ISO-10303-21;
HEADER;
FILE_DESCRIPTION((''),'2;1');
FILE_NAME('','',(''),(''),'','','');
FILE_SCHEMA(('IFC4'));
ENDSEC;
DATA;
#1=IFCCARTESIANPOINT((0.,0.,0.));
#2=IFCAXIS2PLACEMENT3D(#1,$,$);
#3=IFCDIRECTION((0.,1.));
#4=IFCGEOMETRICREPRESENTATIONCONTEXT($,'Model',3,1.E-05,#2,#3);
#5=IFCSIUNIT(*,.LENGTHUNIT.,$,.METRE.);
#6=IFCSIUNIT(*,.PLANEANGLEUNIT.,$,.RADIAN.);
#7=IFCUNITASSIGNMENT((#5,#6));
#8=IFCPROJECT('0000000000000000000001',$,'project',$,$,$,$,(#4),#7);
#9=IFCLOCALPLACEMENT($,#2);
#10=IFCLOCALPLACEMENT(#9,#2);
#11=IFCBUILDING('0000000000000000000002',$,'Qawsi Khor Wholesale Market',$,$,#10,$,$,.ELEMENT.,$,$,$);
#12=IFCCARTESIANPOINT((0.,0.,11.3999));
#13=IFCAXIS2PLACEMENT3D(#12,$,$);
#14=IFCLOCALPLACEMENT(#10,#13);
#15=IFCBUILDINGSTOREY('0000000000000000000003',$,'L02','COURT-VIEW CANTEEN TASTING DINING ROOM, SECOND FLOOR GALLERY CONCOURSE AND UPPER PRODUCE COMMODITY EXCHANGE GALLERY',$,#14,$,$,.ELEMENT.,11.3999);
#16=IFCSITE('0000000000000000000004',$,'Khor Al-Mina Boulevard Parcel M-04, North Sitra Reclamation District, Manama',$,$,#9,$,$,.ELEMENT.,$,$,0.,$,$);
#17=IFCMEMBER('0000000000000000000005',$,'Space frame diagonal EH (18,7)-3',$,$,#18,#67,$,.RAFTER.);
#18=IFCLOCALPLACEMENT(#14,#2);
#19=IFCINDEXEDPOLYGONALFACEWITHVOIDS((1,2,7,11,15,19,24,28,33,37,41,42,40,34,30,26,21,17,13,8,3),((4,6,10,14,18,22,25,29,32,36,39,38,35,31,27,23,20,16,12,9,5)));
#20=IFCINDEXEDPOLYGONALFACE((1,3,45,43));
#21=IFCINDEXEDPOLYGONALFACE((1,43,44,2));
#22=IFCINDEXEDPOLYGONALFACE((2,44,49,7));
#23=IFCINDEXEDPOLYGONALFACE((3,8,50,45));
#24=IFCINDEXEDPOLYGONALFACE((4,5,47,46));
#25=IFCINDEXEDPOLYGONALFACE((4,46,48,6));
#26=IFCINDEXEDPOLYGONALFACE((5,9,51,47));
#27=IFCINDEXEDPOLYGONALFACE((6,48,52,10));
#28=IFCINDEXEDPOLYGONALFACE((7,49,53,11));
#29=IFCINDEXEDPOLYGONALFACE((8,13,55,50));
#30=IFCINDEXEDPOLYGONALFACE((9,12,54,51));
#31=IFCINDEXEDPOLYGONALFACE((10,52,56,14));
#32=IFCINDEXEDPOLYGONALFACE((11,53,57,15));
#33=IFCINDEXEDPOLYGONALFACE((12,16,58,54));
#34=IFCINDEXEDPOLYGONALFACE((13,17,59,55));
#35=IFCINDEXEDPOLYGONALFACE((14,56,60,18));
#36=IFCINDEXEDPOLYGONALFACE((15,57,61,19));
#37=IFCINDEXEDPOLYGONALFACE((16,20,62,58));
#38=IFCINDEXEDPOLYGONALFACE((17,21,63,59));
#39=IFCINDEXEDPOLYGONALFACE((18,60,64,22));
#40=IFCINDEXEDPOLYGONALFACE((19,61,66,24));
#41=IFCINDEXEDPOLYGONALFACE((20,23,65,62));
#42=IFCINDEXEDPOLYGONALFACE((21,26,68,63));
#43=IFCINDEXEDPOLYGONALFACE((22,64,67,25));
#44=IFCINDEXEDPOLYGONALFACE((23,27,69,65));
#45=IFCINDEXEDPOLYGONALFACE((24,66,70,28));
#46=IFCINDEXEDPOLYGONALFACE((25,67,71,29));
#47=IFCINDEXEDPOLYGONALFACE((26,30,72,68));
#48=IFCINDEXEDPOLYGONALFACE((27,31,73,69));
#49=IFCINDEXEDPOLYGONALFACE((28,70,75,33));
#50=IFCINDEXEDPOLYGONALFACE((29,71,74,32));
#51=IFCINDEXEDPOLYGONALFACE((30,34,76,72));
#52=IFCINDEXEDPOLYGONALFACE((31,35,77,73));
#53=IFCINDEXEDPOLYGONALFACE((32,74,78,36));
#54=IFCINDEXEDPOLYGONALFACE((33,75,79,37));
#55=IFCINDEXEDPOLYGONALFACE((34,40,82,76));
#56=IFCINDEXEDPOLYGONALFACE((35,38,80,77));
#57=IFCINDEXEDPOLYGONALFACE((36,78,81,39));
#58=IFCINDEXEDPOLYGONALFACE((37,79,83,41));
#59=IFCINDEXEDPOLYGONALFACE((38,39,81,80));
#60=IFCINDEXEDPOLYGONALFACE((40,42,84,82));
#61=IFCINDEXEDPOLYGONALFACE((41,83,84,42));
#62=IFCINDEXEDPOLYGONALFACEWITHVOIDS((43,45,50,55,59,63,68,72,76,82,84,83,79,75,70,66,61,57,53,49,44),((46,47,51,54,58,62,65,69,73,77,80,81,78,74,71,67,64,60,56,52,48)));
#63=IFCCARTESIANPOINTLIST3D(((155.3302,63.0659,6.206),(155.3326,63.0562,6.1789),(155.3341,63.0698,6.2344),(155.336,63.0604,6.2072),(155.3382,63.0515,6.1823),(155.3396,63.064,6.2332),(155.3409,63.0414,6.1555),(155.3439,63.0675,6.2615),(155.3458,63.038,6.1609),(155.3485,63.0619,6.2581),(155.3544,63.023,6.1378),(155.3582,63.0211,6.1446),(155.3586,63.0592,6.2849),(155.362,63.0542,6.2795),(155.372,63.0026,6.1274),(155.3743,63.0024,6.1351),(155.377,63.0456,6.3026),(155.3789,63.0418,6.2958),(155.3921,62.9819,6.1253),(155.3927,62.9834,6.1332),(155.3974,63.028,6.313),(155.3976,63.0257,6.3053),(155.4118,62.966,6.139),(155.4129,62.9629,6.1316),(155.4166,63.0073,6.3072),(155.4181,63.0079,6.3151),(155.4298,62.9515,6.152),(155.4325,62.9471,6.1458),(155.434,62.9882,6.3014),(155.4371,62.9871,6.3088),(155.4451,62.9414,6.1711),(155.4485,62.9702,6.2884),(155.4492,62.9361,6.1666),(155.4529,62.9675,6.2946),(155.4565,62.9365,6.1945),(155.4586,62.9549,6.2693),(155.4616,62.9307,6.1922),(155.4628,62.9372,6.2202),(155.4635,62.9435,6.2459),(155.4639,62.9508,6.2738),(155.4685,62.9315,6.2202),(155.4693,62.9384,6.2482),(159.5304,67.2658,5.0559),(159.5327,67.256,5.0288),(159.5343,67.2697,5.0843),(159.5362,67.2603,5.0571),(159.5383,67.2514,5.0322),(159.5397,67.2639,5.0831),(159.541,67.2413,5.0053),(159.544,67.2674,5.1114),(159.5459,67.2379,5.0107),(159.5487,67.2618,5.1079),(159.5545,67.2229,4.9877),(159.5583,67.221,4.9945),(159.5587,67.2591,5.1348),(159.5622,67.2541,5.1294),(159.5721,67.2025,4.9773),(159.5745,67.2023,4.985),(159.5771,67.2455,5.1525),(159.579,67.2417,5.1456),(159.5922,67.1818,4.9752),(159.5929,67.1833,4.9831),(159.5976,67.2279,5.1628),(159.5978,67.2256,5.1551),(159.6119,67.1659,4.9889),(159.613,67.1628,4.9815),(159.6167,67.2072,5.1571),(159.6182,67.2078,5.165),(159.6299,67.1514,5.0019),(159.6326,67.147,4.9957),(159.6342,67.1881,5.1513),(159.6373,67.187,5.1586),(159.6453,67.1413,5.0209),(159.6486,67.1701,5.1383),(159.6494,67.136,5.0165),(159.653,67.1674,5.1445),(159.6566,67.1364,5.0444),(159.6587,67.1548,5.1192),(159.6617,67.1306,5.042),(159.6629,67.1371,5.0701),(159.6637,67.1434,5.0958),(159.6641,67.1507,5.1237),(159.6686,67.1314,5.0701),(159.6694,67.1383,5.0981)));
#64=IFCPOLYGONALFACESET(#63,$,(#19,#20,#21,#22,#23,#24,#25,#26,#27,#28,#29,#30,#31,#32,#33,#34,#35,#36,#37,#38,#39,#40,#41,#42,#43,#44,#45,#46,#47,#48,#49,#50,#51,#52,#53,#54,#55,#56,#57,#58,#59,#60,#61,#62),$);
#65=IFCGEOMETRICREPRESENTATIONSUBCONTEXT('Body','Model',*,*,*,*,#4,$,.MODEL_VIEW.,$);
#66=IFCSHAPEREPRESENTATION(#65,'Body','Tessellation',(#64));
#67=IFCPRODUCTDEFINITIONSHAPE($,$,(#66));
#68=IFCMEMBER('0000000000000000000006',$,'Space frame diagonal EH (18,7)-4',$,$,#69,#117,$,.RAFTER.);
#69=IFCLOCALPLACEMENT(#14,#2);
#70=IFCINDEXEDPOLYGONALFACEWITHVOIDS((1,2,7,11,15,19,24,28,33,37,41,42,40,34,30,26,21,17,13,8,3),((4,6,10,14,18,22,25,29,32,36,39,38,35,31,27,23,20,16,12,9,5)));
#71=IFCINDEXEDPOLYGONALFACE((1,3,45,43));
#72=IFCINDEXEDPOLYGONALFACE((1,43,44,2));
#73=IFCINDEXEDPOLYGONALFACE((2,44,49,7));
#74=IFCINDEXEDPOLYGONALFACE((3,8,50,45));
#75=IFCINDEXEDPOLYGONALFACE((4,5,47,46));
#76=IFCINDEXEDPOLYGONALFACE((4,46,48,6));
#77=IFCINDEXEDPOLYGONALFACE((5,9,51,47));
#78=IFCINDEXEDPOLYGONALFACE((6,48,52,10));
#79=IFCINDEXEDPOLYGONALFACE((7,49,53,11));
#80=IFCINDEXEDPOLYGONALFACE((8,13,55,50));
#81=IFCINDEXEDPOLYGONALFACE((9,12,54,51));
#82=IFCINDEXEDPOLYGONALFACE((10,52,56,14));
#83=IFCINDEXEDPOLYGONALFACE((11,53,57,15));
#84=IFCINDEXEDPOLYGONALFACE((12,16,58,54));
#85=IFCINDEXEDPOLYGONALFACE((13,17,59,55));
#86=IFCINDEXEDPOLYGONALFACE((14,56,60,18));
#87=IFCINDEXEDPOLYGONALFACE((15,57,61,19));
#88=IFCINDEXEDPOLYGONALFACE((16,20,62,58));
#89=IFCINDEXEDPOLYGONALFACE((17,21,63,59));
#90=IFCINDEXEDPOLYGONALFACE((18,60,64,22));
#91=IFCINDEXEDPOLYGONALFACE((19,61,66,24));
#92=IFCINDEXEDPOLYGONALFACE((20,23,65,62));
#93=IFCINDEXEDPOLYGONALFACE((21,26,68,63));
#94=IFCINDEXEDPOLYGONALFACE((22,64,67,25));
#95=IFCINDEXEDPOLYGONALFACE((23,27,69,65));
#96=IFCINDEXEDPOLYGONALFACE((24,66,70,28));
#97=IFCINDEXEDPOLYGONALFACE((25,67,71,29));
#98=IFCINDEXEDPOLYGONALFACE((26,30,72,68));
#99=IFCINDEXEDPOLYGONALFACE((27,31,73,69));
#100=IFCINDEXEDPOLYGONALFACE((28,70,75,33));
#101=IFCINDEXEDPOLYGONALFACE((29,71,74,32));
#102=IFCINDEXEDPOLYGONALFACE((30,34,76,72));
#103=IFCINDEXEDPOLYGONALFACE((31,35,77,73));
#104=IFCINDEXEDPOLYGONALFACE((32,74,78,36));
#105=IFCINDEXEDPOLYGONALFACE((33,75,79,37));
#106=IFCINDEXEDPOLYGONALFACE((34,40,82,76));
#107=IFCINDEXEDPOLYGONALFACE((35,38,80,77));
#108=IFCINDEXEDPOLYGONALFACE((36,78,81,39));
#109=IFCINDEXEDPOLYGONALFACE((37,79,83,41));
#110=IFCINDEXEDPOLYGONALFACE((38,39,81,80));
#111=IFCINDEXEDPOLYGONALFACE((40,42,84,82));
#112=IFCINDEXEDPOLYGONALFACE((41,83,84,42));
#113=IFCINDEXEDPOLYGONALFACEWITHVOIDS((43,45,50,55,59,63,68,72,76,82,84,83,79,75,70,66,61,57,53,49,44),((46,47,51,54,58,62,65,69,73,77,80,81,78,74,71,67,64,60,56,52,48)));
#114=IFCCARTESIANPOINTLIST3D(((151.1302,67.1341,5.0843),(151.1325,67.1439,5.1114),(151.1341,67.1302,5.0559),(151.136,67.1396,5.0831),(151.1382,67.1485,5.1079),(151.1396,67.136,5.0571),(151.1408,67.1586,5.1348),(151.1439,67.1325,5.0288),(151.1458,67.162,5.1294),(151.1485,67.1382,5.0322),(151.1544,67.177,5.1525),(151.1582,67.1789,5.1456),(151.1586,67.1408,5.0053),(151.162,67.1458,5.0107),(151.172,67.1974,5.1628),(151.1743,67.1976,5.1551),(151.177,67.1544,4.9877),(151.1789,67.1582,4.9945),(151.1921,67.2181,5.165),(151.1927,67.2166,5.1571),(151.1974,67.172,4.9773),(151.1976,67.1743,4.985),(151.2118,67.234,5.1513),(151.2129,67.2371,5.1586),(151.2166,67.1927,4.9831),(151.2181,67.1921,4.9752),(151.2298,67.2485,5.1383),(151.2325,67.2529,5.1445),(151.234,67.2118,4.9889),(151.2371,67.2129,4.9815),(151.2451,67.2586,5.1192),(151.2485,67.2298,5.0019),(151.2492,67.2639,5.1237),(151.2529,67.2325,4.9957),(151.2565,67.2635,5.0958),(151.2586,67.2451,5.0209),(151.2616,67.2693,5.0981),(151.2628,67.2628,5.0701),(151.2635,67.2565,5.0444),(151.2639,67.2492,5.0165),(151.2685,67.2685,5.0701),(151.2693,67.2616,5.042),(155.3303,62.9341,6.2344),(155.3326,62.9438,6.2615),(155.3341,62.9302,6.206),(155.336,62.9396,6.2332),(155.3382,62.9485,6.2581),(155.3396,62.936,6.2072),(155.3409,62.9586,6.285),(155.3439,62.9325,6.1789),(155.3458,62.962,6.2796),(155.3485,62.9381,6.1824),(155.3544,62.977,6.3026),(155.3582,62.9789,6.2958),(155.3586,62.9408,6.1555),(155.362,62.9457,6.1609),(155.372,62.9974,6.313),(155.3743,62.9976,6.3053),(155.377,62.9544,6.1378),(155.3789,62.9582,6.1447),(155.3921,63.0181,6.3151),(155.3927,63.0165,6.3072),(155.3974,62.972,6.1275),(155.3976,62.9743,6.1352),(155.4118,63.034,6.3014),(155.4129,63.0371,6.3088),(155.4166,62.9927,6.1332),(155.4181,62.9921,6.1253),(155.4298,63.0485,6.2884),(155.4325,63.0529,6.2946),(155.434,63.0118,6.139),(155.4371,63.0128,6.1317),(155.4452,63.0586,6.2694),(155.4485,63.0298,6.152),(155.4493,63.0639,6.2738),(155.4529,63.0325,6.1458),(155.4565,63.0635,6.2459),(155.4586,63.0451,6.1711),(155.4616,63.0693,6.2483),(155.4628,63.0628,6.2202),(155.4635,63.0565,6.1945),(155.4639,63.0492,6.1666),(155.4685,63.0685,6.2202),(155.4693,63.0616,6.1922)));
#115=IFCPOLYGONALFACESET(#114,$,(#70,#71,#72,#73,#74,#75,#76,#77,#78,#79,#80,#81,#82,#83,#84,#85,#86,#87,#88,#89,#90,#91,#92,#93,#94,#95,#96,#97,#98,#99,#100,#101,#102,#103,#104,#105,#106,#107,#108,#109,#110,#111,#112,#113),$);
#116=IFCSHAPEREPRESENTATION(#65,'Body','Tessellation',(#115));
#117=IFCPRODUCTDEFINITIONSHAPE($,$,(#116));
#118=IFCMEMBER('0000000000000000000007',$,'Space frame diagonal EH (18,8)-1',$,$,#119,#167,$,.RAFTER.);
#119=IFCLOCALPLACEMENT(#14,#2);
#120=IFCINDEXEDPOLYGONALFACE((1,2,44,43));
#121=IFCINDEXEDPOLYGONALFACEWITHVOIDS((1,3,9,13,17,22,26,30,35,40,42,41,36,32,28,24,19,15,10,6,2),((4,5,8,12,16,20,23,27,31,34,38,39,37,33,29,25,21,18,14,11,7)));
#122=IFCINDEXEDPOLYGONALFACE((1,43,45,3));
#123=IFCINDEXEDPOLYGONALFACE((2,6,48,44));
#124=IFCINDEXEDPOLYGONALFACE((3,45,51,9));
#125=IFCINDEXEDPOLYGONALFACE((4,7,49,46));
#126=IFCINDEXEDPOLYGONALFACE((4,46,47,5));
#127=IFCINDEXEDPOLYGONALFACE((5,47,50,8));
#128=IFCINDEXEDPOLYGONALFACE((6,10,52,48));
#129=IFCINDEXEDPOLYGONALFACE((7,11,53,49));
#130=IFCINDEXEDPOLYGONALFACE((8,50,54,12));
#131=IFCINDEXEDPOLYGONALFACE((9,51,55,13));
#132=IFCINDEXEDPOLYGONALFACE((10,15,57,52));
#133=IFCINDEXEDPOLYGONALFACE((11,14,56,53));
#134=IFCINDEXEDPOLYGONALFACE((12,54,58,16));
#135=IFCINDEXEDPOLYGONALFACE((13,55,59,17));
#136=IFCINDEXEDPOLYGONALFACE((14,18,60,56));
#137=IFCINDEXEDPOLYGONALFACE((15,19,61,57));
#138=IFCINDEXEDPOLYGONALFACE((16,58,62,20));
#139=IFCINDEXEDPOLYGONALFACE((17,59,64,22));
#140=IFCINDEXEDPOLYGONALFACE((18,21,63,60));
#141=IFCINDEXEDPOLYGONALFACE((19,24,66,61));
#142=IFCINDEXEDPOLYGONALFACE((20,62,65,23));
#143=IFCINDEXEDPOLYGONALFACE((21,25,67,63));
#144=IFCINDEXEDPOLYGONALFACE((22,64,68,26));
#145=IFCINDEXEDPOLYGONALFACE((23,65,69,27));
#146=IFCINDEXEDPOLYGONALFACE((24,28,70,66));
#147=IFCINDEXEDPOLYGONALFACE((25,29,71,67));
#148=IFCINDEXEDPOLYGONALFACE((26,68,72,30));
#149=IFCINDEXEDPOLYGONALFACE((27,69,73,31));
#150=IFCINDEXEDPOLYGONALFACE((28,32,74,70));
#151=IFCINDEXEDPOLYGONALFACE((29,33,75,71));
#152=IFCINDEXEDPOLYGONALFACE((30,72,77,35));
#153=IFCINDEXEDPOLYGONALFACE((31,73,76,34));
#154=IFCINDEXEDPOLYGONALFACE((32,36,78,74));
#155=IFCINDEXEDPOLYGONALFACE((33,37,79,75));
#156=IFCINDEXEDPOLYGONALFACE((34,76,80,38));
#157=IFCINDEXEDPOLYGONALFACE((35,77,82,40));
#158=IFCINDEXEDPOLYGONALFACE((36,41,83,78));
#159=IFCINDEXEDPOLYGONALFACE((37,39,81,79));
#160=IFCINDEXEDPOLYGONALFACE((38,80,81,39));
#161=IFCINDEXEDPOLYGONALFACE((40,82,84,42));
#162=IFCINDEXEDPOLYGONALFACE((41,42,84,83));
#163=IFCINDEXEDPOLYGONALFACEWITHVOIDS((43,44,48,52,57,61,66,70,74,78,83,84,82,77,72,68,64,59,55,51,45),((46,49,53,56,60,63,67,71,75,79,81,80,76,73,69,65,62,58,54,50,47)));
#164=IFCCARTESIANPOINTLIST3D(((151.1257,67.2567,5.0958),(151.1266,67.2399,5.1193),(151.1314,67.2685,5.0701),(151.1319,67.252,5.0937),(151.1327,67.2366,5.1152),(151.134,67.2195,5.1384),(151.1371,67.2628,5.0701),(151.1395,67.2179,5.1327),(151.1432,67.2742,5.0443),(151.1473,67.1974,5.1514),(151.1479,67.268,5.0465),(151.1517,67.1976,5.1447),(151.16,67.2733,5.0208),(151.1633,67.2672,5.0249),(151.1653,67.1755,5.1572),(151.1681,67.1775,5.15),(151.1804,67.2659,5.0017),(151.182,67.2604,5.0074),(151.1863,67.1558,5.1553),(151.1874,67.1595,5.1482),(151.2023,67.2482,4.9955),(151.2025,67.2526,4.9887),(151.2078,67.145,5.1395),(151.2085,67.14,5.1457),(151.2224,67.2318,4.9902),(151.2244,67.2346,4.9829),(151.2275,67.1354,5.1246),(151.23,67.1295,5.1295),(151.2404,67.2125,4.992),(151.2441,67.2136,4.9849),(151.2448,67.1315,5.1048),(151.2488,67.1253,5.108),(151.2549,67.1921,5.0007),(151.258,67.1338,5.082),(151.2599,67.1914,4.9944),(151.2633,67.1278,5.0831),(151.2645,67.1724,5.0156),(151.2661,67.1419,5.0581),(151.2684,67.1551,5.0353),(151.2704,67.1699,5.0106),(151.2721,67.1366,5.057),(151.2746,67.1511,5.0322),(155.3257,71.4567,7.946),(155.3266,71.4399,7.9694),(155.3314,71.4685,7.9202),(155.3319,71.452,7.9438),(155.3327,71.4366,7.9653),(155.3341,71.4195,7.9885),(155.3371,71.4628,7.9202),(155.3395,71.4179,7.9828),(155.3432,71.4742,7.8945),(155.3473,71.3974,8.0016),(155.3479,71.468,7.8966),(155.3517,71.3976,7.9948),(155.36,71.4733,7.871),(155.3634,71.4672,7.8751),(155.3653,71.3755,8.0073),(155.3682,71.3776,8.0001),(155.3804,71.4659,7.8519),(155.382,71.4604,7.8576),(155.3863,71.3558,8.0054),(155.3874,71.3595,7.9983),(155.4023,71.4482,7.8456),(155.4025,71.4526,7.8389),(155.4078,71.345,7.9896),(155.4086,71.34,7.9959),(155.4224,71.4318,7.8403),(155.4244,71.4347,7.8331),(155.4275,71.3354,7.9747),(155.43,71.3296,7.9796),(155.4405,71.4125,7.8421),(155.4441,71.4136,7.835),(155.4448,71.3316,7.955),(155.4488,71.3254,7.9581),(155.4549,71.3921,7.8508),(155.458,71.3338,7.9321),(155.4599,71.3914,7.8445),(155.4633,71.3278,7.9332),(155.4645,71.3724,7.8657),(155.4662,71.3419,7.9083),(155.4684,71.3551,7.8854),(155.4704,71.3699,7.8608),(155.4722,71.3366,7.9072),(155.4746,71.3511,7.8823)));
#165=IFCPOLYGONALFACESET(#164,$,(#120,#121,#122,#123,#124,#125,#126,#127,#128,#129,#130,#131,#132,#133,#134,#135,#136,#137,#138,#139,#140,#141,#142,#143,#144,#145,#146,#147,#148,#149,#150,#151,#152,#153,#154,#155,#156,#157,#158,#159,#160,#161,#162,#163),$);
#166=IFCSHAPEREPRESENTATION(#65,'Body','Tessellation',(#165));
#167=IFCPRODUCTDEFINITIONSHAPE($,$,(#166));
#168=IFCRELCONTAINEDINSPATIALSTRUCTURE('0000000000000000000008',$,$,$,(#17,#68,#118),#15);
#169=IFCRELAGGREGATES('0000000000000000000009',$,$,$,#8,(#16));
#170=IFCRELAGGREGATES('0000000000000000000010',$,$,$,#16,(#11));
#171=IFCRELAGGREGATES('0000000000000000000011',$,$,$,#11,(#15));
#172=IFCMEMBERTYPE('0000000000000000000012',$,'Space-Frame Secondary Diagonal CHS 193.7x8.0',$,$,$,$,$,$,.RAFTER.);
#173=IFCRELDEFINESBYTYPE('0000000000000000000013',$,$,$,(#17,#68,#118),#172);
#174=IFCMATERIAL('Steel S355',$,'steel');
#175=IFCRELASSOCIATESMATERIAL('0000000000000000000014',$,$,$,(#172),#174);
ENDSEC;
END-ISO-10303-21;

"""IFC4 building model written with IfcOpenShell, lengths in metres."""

from ifc_helpers import new_model, si_unit, direction, frame, origin, origin_2d, place, context, subcontext, project, spatial, hollow_circle, extrude, material, material_profile, profile_set, type_object, element, save


model = new_model("IFC4")

# Units and contexts
model_context = context("Model", 3, precision=1e-05, world=origin(), true_north=direction((0.0, 1.0)))
body_context = subcontext(model_context, "Body", "Model", "MODEL_VIEW")
ifc_project = project(units=[si_unit("LENGTHUNIT", "METRE"), si_unit("PLANEANGLEUNIT", "RADIAN")], contexts=[model_context])

# Site, building, storey
site_placement = place(None, origin())
site = spatial("IfcSite", under=ifc_project, at=site_placement, Name="Khor Al-Mina Boulevard Parcel M-04, North Sitra Reclamation District, Manama", CompositionType="ELEMENT", RefElevation=0.0)
building_placement = place(site_placement, origin())
building = spatial("IfcBuilding", under=site, at=building_placement, Name="Qawsi Khor Wholesale Market", CompositionType="ELEMENT")
storey_placement = place(building_placement, frame((0.0, 0.0, 11.3999)))
storey = spatial("IfcBuildingStorey", under=building, at=storey_placement, Name="L02", Description="COURT-VIEW CANTEEN TASTING DINING ROOM, SECOND FLOOR GALLERY CONCOURSE AND UPPER PRODUCE COMMODITY EXCHANGE GALLERY", CompositionType="ELEMENT", Elevation=11.3999)

# Members
ifc_material_1 = material(Name="Steel S355", Category="steel")
ifc_material_profile_1 = material_profile(ifc_material_1, hollow_circle(Radius=0.0969, WallThickness=0.0081, at=origin_2d()), Name="CHS 193.7x8.0")
ifc_profile_set_1 = profile_set([ifc_material_profile_1], Name="Steel S355")
member_type_1 = type_object("IfcMemberType", Name="Space-Frame Secondary Diagonal CHS 193.7x8.0", PredefinedType="RAFTER", material=ifc_profile_set_1)
for number, where, z_axis, x_axis, name in (
    (1, (159.6001, 67.2, 5.0701), (-0.694232, -0.694192, 0.190103), (0.707086, -0.707127, 0.0), "Space frame diagonal EH (18,7)-3"),
    (2, (151.2, 67.2, 5.0701), (0.694211, -0.694211, 0.190108), (0.707107, 0.707107, 0.0), "Space frame diagonal EH (18,7)-4"),
):
    element("IfcMember", number, at=place(storey_placement, frame(where, z_axis=z_axis, x_axis=x_axis)), inside=storey, type_object=member_type_1, Name=name, PredefinedType="RAFTER", context=body_context, shape_type="SweptSolid", body=[
        extrude(hollow_circle(Radius=0.0969, WallThickness=0.0081, at=origin_2d()), origin(), (0.0, 0.0, 1.0), 6.05),
    ])
for number, where, z_axis, x_axis, name in (
    (3, (151.2, 67.2, 5.0701), (0.637512, 0.637512, 0.432617), (-0.707107, 0.707107, 0.0), "Space frame diagonal EH (18,8)-1"),
):
    element("IfcMember", number, at=place(storey_placement, frame(where, z_axis=z_axis, x_axis=x_axis)), inside=storey, type_object=member_type_1, Name=name, PredefinedType="RAFTER", context=body_context, shape_type="SweptSolid", body=[
        extrude(hollow_circle(Radius=0.0969, WallThickness=0.0081, at=origin_2d()), origin(), (0.0, 0.0, 1.0), 6.5881),
    ])

save(model, "model.ifc")
